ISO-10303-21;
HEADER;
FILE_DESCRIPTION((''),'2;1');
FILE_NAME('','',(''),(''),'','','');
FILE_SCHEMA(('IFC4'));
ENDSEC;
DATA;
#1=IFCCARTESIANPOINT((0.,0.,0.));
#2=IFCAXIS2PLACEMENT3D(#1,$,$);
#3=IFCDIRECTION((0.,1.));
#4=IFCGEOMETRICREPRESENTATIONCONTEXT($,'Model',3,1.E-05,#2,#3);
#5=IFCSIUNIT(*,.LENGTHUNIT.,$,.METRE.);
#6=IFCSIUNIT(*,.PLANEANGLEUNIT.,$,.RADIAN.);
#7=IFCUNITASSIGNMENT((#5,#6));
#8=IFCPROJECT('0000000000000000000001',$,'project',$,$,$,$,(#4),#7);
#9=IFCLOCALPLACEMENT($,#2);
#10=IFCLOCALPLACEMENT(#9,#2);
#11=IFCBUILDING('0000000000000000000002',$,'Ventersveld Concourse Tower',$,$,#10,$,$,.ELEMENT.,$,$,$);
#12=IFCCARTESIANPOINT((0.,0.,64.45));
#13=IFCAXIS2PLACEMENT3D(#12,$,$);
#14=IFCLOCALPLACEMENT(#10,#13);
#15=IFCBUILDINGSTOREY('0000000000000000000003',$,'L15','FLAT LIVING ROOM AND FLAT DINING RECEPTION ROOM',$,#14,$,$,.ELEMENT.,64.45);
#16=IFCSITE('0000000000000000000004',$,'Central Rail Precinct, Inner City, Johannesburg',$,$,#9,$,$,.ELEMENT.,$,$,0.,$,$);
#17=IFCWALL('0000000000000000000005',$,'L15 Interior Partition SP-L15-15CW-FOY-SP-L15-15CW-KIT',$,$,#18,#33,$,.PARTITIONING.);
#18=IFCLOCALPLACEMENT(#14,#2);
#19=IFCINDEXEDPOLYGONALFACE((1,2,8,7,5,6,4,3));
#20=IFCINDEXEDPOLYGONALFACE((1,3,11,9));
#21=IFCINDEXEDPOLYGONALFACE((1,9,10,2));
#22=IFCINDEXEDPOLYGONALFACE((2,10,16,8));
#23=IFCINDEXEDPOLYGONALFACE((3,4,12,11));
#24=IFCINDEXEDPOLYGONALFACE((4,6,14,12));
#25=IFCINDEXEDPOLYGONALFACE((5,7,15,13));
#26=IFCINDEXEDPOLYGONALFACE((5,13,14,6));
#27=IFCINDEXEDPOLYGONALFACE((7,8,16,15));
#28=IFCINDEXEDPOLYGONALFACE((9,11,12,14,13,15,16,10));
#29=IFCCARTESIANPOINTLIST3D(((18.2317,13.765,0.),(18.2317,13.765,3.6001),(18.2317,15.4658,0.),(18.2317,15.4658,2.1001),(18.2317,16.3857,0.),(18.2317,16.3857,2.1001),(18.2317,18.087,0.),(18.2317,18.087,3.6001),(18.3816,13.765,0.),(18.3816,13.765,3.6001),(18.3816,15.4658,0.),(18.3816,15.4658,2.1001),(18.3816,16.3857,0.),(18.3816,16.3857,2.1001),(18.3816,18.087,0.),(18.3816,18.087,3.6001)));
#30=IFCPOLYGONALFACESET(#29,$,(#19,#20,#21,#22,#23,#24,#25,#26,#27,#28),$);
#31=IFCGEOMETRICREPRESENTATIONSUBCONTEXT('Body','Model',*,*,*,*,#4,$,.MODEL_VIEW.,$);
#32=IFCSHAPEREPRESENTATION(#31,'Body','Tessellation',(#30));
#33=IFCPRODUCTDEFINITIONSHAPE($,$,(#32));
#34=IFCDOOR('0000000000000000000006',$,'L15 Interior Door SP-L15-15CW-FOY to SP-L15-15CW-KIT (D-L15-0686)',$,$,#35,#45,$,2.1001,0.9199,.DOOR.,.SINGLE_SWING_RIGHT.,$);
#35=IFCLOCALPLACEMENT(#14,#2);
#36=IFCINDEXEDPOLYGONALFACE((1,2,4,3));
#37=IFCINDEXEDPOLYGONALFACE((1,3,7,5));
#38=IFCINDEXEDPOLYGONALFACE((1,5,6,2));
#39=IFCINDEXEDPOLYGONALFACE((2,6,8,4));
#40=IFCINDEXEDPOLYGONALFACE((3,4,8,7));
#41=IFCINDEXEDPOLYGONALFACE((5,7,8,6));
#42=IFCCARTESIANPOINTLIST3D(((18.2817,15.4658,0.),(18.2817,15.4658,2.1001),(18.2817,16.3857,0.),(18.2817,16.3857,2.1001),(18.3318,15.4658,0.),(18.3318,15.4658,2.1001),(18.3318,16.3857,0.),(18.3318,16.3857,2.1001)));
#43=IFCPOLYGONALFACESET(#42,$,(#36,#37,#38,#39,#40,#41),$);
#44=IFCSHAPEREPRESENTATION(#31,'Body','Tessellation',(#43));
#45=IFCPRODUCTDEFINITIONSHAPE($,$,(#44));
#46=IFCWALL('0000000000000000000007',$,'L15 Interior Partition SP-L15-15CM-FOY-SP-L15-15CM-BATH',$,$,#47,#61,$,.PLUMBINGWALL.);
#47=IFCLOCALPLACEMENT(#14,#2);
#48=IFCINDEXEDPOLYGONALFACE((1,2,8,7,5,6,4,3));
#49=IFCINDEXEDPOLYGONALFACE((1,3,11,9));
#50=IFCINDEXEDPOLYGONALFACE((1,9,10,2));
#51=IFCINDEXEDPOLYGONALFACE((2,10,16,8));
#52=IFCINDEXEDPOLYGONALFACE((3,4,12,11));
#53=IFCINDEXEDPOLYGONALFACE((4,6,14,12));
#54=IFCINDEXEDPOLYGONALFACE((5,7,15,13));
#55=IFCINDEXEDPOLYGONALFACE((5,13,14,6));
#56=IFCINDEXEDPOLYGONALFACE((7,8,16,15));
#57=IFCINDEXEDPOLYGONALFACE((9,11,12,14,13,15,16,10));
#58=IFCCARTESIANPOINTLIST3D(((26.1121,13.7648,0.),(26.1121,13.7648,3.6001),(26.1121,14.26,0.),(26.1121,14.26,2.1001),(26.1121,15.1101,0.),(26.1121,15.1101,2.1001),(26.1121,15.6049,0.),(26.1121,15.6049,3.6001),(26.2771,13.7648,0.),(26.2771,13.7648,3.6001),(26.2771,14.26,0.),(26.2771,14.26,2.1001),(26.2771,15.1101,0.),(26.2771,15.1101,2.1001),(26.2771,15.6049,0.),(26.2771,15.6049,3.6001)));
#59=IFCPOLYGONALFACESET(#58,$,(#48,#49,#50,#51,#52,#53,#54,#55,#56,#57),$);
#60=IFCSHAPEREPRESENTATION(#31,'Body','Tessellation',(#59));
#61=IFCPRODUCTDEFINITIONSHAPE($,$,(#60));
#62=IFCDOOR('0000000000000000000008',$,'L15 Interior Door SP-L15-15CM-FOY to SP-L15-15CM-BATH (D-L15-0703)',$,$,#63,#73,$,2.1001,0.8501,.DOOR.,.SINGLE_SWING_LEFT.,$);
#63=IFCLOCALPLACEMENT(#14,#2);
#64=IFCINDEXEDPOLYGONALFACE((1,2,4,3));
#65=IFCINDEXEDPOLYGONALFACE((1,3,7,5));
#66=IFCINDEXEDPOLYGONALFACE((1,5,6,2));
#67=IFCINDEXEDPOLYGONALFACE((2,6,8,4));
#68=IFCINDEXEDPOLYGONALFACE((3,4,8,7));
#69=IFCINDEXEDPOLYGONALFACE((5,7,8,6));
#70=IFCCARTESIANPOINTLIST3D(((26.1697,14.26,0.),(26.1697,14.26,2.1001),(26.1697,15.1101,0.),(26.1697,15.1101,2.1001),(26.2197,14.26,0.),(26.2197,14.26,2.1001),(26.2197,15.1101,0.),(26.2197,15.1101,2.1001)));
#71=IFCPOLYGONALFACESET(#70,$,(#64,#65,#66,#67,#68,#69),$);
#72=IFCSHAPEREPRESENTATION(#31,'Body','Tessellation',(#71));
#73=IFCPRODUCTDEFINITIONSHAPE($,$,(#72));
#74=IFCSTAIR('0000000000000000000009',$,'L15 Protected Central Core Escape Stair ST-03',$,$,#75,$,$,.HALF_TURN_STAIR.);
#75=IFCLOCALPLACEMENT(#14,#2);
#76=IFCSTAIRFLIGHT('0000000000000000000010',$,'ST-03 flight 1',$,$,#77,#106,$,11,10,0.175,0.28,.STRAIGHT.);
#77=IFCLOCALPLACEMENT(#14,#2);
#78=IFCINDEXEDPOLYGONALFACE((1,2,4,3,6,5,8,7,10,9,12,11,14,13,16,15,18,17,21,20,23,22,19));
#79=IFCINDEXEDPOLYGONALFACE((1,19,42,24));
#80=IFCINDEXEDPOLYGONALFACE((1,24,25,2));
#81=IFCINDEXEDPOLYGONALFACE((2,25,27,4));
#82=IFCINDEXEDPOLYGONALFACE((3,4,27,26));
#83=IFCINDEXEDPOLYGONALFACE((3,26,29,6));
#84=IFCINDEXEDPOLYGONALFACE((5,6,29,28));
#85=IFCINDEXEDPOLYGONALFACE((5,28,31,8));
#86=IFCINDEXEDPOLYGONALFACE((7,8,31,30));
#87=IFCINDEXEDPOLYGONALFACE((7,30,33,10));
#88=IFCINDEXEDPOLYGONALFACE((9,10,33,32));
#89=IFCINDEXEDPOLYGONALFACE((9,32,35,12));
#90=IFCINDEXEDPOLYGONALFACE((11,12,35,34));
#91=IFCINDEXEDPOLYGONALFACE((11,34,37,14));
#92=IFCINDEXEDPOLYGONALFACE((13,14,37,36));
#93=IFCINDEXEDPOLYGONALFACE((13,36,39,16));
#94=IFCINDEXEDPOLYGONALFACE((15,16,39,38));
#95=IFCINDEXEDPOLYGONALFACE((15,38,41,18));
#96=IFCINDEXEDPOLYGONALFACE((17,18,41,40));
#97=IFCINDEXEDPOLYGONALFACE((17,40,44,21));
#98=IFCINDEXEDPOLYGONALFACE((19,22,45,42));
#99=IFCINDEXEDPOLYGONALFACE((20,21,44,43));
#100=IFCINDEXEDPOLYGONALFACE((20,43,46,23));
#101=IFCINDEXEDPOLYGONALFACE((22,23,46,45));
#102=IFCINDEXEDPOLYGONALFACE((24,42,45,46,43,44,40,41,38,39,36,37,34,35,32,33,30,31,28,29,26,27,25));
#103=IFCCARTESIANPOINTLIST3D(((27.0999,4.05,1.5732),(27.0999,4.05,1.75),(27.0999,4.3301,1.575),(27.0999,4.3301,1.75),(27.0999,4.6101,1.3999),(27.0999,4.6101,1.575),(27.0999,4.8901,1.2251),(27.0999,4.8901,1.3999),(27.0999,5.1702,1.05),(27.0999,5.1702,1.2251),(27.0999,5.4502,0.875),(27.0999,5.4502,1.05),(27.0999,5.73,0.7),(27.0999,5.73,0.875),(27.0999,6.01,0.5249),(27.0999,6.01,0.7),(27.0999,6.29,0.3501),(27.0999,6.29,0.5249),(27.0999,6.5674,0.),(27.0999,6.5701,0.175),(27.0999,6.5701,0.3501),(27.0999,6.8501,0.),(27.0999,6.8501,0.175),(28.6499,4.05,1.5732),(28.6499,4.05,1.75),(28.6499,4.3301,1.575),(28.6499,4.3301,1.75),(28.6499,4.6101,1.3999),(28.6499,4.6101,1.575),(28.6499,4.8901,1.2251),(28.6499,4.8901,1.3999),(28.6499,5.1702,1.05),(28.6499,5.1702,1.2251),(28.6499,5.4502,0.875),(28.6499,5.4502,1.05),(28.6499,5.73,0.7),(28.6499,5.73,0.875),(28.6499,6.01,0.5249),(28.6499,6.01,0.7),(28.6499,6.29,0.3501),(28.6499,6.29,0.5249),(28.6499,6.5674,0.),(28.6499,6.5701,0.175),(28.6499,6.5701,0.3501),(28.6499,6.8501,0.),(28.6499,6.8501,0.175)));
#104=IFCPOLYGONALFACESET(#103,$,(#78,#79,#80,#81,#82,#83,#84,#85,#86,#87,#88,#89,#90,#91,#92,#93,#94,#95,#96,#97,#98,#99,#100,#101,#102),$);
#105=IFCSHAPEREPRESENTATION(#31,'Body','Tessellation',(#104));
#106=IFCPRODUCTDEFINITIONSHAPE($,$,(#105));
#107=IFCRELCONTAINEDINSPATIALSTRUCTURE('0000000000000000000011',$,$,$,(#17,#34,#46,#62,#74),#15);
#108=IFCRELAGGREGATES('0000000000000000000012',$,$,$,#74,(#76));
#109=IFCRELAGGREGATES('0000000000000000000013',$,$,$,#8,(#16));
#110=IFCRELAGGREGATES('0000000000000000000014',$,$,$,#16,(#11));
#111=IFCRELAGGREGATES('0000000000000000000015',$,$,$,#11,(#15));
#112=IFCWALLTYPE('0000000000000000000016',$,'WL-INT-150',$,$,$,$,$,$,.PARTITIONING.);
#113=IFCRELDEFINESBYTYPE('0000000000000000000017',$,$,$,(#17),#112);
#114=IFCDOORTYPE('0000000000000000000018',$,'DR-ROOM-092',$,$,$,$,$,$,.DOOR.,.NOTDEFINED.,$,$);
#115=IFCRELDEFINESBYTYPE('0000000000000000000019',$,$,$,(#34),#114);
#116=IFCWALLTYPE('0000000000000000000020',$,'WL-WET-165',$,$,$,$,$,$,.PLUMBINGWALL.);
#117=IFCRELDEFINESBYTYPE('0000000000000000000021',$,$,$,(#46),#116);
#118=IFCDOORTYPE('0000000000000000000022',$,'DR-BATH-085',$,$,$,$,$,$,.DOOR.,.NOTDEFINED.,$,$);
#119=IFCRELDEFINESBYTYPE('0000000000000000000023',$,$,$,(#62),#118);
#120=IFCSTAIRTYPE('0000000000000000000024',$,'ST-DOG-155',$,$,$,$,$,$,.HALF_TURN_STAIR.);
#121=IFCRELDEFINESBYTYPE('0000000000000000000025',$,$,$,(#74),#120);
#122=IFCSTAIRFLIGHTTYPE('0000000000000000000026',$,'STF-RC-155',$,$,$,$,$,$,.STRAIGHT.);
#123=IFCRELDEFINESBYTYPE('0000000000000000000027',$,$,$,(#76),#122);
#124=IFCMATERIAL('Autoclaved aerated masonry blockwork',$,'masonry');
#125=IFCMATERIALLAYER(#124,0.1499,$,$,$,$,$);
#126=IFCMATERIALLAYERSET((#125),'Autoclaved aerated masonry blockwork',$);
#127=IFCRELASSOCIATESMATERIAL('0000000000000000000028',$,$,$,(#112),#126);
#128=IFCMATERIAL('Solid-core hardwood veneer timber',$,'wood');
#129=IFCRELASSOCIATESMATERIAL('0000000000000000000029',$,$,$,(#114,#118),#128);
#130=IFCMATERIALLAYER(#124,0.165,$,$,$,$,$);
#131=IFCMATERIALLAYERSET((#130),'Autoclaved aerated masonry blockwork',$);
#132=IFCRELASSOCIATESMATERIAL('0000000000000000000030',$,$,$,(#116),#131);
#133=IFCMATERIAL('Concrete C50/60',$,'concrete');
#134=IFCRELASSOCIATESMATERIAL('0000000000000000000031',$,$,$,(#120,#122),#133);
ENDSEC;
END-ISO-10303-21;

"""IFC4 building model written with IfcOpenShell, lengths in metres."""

from ifc_helpers import new_model, si_unit, direction, frame, frame_2d, origin, place, context, subcontext, project, spatial, polyline, rectangle, outline, extrude, material, layer, layer_set, type_object, element, fill, aggregate, save


model = new_model("IFC4")

# Units and contexts
model_context = context("Model", 3, precision=1e-05, world=origin(), true_north=direction((0.0, 1.0)))
body_context = subcontext(model_context, "Body", "Model", "MODEL_VIEW")
ifc_project = project(units=[si_unit("LENGTHUNIT", "METRE"), si_unit("PLANEANGLEUNIT", "RADIAN")], contexts=[model_context])

# Site, building, storey
site_placement = place(None, origin())
site = spatial("IfcSite", under=ifc_project, at=site_placement, Name="Central Rail Precinct, Inner City, Johannesburg", CompositionType="ELEMENT", RefElevation=0.0)
building_placement = place(site_placement, origin())
building = spatial("IfcBuilding", under=site, at=building_placement, Name="Ventersveld Concourse Tower", CompositionType="ELEMENT")
storey_placement = place(building_placement, frame((0.0, 0.0, 64.45)))
storey = spatial("IfcBuildingStorey", under=building, at=storey_placement, Name="L15", Description="FLAT LIVING ROOM AND FLAT DINING RECEPTION ROOM", CompositionType="ELEMENT", Elevation=64.45)

# Shared definitions
ifc_material_1 = material(Name="Concrete C50/60", Category="concrete")

# Shared definitions
ifc_material_2 = material(Name="Solid-core hardwood veneer timber", Category="wood")

# Walls, openings, doors
ifc_material_3 = material(Name="Autoclaved aerated masonry blockwork", Category="masonry")
ifc_layer_1 = layer(ifc_material_3, 0.1499)
ifc_layer_set_1 = layer_set([ifc_layer_1], Name="Autoclaved aerated masonry blockwork")
wall_type_1 = type_object("IfcWallType", Name="WL-INT-150", PredefinedType="PARTITIONING", material=ifc_layer_set_1)
wall_1_placement = place(storey_placement, frame((18.3066, 13.7649, 0.0), z_axis=(0.0, 0.0, 1.0), x_axis=(0.0, 1.0, 0.0)))
wall_1 = element("IfcWall", 1, at=wall_1_placement, inside=storey, type_object=wall_type_1, Name="L15 Interior Partition SP-L15-15CW-FOY-SP-L15-15CW-KIT", PredefinedType="PARTITIONING", context=body_context, shape_type="SweptSolid", body=[
    extrude(rectangle(XDim=4.322, YDim=0.1499, at=frame_2d((2.1611, 0.0))), origin(), (0.0, 0.0, 1.0), 3.6001),
])
opening_1_placement = place(wall_1_placement, frame((1.7009, 0.0, 0.0)))
opening_1 = element("IfcOpeningElement", 2, at=opening_1_placement, cuts=wall_1, PredefinedType="OPENING", context=body_context, shape_type="SweptSolid", body=[
    extrude(rectangle(XDim=0.9199, YDim=2.1001, at=frame_2d((0.46, 1.05))), frame((0.0, 0.085, 0.0), z_axis=(0.0, -1.0, 0.0), x_axis=(1.0, 0.0, 0.0)), (0.0, 0.0, 1.0), 0.1699),
])
door_type_1 = type_object("IfcDoorType", Name="DR-ROOM-092", OperationType="NOTDEFINED", PredefinedType="DOOR", material=ifc_material_2)
door_1_placement = place(opening_1_placement, origin())
door_1 = element("IfcDoor", 3, at=door_1_placement, inside=storey, type_object=door_type_1, Name="L15 Interior Door SP-L15-15CW-FOY to SP-L15-15CW-KIT (D-L15-0686)", OperationType="SINGLE_SWING_RIGHT", OverallHeight=2.1001, OverallWidth=0.9199, PredefinedType="DOOR", context=body_context, shape_type="SweptSolid", body=[
    extrude(rectangle(XDim=0.9199, YDim=2.1001, at=frame_2d((0.46, 1.05))), frame((0.0, 0.0249, 0.0), z_axis=(0.0, -1.0, 0.0), x_axis=(1.0, 0.0, 0.0)), (0.0, 0.0, 1.0), 0.05),
])
fill(opening_1, door_1)
ifc_layer_2 = layer(ifc_material_3, 0.165)
ifc_layer_set_2 = layer_set([ifc_layer_2], Name="Autoclaved aerated masonry blockwork")
wall_type_2 = type_object("IfcWallType", Name="WL-WET-165", PredefinedType="PLUMBINGWALL", material=ifc_layer_set_2)
wall_2_placement = place(storey_placement, frame((26.1946, 13.7649, 0.0), z_axis=(0.0, 0.0, 1.0), x_axis=(0.0, 1.0, 0.0)))
wall_2 = element("IfcWall", 4, at=wall_2_placement, inside=storey, type_object=wall_type_2, Name="L15 Interior Partition SP-L15-15CM-FOY-SP-L15-15CM-BATH", PredefinedType="PLUMBINGWALL", context=body_context, shape_type="SweptSolid", body=[
    extrude(rectangle(XDim=1.8401, YDim=0.165, at=frame_2d((0.9199, 0.0))), origin(), (0.0, 0.0, 1.0), 3.6001),
])
opening_2_placement = place(wall_2_placement, frame((0.4951, 0.0, 0.0)))
opening_2 = element("IfcOpeningElement", 5, at=opening_2_placement, cuts=wall_2, PredefinedType="OPENING", context=body_context, shape_type="SweptSolid", body=[
    extrude(rectangle(XDim=0.8501, YDim=2.1001, at=frame_2d((0.425, 1.05))), frame((0.0, 0.0925, 0.0), z_axis=(0.0, -1.0, 0.0), x_axis=(1.0, 0.0, 0.0)), (0.0, 0.0, 1.0), 0.1851),
])
door_type_2 = type_object("IfcDoorType", Name="DR-BATH-085", OperationType="NOTDEFINED", PredefinedType="DOOR", material=ifc_material_2)
door_2_placement = place(opening_2_placement, origin())
door_2 = element("IfcDoor", 6, at=door_2_placement, inside=storey, type_object=door_type_2, Name="L15 Interior Door SP-L15-15CM-FOY to SP-L15-15CM-BATH (D-L15-0703)", OperationType="SINGLE_SWING_LEFT", OverallHeight=2.1001, OverallWidth=0.8501, PredefinedType="DOOR", context=body_context, shape_type="SweptSolid", body=[
    extrude(rectangle(XDim=0.8501, YDim=2.1001, at=frame_2d((0.425, 1.05))), frame((0.0, 0.0249, 0.0), z_axis=(0.0, -1.0, 0.0), x_axis=(1.0, 0.0, 0.0)), (0.0, 0.0, 1.0), 0.05),
])
fill(opening_2, door_2)

# Stair, stair flight
stair_type = type_object("IfcStairType", Name="ST-DOG-155", PredefinedType="HALF_TURN_STAIR", material=ifc_material_1)
stair_placement = place(storey_placement, origin())
stair = element("IfcStair", 7, at=stair_placement, inside=storey, type_object=stair_type, Name="L15 Protected Central Core Escape Stair ST-03", PredefinedType="HALF_TURN_STAIR")
stair_flight_type = type_object("IfcStairFlightType", Name="STF-RC-155", PredefinedType="STRAIGHT", material=ifc_material_1)
stair_flight_placement = place(storey_placement, frame((27.875, 6.8501, 0.0), z_axis=(0.0, 0.0, 1.0), x_axis=(0.0, -1.0, 0.0)))
stair_flight = element("IfcStairFlight", 8, at=stair_flight_placement, type_object=stair_flight_type, Name="ST-03 flight 1", NumberOfRisers=11, NumberOfTreads=10, PredefinedType="STRAIGHT", RiserHeight=0.175, TreadLength=0.28, context=body_context, shape_type="SweptSolid", body=[
    extrude(outline(polyline([(0.0, 0.0), (0.0, 0.175), (0.28, 0.175), (0.28, 0.3501), (0.5601, 0.3501), (0.5601, 0.5249), (0.8401, 0.5249), (0.8401, 0.7), (1.1201, 0.7), (1.1201, 0.875), (1.3999, 0.875), (1.3999, 1.05), (1.6799, 1.05), (1.6799, 1.2251), (1.96, 1.2251), (1.96, 1.3999), (2.24, 1.3999), (2.24, 1.575), (2.52, 1.575), (2.52, 1.75), (2.8, 1.75), (2.8, 1.925), (2.8, 1.5732), (0.2827, 0.0), (0.0, 0.0)])), frame((0.0, 0.7749, 0.0), z_axis=(0.0, -1.0, 0.0), x_axis=(1.0, 0.0, 0.0)), (0.0, 0.0, 1.0), 1.55),
])
aggregate(stair, [stair_flight])

save(model, "model.ifc")
